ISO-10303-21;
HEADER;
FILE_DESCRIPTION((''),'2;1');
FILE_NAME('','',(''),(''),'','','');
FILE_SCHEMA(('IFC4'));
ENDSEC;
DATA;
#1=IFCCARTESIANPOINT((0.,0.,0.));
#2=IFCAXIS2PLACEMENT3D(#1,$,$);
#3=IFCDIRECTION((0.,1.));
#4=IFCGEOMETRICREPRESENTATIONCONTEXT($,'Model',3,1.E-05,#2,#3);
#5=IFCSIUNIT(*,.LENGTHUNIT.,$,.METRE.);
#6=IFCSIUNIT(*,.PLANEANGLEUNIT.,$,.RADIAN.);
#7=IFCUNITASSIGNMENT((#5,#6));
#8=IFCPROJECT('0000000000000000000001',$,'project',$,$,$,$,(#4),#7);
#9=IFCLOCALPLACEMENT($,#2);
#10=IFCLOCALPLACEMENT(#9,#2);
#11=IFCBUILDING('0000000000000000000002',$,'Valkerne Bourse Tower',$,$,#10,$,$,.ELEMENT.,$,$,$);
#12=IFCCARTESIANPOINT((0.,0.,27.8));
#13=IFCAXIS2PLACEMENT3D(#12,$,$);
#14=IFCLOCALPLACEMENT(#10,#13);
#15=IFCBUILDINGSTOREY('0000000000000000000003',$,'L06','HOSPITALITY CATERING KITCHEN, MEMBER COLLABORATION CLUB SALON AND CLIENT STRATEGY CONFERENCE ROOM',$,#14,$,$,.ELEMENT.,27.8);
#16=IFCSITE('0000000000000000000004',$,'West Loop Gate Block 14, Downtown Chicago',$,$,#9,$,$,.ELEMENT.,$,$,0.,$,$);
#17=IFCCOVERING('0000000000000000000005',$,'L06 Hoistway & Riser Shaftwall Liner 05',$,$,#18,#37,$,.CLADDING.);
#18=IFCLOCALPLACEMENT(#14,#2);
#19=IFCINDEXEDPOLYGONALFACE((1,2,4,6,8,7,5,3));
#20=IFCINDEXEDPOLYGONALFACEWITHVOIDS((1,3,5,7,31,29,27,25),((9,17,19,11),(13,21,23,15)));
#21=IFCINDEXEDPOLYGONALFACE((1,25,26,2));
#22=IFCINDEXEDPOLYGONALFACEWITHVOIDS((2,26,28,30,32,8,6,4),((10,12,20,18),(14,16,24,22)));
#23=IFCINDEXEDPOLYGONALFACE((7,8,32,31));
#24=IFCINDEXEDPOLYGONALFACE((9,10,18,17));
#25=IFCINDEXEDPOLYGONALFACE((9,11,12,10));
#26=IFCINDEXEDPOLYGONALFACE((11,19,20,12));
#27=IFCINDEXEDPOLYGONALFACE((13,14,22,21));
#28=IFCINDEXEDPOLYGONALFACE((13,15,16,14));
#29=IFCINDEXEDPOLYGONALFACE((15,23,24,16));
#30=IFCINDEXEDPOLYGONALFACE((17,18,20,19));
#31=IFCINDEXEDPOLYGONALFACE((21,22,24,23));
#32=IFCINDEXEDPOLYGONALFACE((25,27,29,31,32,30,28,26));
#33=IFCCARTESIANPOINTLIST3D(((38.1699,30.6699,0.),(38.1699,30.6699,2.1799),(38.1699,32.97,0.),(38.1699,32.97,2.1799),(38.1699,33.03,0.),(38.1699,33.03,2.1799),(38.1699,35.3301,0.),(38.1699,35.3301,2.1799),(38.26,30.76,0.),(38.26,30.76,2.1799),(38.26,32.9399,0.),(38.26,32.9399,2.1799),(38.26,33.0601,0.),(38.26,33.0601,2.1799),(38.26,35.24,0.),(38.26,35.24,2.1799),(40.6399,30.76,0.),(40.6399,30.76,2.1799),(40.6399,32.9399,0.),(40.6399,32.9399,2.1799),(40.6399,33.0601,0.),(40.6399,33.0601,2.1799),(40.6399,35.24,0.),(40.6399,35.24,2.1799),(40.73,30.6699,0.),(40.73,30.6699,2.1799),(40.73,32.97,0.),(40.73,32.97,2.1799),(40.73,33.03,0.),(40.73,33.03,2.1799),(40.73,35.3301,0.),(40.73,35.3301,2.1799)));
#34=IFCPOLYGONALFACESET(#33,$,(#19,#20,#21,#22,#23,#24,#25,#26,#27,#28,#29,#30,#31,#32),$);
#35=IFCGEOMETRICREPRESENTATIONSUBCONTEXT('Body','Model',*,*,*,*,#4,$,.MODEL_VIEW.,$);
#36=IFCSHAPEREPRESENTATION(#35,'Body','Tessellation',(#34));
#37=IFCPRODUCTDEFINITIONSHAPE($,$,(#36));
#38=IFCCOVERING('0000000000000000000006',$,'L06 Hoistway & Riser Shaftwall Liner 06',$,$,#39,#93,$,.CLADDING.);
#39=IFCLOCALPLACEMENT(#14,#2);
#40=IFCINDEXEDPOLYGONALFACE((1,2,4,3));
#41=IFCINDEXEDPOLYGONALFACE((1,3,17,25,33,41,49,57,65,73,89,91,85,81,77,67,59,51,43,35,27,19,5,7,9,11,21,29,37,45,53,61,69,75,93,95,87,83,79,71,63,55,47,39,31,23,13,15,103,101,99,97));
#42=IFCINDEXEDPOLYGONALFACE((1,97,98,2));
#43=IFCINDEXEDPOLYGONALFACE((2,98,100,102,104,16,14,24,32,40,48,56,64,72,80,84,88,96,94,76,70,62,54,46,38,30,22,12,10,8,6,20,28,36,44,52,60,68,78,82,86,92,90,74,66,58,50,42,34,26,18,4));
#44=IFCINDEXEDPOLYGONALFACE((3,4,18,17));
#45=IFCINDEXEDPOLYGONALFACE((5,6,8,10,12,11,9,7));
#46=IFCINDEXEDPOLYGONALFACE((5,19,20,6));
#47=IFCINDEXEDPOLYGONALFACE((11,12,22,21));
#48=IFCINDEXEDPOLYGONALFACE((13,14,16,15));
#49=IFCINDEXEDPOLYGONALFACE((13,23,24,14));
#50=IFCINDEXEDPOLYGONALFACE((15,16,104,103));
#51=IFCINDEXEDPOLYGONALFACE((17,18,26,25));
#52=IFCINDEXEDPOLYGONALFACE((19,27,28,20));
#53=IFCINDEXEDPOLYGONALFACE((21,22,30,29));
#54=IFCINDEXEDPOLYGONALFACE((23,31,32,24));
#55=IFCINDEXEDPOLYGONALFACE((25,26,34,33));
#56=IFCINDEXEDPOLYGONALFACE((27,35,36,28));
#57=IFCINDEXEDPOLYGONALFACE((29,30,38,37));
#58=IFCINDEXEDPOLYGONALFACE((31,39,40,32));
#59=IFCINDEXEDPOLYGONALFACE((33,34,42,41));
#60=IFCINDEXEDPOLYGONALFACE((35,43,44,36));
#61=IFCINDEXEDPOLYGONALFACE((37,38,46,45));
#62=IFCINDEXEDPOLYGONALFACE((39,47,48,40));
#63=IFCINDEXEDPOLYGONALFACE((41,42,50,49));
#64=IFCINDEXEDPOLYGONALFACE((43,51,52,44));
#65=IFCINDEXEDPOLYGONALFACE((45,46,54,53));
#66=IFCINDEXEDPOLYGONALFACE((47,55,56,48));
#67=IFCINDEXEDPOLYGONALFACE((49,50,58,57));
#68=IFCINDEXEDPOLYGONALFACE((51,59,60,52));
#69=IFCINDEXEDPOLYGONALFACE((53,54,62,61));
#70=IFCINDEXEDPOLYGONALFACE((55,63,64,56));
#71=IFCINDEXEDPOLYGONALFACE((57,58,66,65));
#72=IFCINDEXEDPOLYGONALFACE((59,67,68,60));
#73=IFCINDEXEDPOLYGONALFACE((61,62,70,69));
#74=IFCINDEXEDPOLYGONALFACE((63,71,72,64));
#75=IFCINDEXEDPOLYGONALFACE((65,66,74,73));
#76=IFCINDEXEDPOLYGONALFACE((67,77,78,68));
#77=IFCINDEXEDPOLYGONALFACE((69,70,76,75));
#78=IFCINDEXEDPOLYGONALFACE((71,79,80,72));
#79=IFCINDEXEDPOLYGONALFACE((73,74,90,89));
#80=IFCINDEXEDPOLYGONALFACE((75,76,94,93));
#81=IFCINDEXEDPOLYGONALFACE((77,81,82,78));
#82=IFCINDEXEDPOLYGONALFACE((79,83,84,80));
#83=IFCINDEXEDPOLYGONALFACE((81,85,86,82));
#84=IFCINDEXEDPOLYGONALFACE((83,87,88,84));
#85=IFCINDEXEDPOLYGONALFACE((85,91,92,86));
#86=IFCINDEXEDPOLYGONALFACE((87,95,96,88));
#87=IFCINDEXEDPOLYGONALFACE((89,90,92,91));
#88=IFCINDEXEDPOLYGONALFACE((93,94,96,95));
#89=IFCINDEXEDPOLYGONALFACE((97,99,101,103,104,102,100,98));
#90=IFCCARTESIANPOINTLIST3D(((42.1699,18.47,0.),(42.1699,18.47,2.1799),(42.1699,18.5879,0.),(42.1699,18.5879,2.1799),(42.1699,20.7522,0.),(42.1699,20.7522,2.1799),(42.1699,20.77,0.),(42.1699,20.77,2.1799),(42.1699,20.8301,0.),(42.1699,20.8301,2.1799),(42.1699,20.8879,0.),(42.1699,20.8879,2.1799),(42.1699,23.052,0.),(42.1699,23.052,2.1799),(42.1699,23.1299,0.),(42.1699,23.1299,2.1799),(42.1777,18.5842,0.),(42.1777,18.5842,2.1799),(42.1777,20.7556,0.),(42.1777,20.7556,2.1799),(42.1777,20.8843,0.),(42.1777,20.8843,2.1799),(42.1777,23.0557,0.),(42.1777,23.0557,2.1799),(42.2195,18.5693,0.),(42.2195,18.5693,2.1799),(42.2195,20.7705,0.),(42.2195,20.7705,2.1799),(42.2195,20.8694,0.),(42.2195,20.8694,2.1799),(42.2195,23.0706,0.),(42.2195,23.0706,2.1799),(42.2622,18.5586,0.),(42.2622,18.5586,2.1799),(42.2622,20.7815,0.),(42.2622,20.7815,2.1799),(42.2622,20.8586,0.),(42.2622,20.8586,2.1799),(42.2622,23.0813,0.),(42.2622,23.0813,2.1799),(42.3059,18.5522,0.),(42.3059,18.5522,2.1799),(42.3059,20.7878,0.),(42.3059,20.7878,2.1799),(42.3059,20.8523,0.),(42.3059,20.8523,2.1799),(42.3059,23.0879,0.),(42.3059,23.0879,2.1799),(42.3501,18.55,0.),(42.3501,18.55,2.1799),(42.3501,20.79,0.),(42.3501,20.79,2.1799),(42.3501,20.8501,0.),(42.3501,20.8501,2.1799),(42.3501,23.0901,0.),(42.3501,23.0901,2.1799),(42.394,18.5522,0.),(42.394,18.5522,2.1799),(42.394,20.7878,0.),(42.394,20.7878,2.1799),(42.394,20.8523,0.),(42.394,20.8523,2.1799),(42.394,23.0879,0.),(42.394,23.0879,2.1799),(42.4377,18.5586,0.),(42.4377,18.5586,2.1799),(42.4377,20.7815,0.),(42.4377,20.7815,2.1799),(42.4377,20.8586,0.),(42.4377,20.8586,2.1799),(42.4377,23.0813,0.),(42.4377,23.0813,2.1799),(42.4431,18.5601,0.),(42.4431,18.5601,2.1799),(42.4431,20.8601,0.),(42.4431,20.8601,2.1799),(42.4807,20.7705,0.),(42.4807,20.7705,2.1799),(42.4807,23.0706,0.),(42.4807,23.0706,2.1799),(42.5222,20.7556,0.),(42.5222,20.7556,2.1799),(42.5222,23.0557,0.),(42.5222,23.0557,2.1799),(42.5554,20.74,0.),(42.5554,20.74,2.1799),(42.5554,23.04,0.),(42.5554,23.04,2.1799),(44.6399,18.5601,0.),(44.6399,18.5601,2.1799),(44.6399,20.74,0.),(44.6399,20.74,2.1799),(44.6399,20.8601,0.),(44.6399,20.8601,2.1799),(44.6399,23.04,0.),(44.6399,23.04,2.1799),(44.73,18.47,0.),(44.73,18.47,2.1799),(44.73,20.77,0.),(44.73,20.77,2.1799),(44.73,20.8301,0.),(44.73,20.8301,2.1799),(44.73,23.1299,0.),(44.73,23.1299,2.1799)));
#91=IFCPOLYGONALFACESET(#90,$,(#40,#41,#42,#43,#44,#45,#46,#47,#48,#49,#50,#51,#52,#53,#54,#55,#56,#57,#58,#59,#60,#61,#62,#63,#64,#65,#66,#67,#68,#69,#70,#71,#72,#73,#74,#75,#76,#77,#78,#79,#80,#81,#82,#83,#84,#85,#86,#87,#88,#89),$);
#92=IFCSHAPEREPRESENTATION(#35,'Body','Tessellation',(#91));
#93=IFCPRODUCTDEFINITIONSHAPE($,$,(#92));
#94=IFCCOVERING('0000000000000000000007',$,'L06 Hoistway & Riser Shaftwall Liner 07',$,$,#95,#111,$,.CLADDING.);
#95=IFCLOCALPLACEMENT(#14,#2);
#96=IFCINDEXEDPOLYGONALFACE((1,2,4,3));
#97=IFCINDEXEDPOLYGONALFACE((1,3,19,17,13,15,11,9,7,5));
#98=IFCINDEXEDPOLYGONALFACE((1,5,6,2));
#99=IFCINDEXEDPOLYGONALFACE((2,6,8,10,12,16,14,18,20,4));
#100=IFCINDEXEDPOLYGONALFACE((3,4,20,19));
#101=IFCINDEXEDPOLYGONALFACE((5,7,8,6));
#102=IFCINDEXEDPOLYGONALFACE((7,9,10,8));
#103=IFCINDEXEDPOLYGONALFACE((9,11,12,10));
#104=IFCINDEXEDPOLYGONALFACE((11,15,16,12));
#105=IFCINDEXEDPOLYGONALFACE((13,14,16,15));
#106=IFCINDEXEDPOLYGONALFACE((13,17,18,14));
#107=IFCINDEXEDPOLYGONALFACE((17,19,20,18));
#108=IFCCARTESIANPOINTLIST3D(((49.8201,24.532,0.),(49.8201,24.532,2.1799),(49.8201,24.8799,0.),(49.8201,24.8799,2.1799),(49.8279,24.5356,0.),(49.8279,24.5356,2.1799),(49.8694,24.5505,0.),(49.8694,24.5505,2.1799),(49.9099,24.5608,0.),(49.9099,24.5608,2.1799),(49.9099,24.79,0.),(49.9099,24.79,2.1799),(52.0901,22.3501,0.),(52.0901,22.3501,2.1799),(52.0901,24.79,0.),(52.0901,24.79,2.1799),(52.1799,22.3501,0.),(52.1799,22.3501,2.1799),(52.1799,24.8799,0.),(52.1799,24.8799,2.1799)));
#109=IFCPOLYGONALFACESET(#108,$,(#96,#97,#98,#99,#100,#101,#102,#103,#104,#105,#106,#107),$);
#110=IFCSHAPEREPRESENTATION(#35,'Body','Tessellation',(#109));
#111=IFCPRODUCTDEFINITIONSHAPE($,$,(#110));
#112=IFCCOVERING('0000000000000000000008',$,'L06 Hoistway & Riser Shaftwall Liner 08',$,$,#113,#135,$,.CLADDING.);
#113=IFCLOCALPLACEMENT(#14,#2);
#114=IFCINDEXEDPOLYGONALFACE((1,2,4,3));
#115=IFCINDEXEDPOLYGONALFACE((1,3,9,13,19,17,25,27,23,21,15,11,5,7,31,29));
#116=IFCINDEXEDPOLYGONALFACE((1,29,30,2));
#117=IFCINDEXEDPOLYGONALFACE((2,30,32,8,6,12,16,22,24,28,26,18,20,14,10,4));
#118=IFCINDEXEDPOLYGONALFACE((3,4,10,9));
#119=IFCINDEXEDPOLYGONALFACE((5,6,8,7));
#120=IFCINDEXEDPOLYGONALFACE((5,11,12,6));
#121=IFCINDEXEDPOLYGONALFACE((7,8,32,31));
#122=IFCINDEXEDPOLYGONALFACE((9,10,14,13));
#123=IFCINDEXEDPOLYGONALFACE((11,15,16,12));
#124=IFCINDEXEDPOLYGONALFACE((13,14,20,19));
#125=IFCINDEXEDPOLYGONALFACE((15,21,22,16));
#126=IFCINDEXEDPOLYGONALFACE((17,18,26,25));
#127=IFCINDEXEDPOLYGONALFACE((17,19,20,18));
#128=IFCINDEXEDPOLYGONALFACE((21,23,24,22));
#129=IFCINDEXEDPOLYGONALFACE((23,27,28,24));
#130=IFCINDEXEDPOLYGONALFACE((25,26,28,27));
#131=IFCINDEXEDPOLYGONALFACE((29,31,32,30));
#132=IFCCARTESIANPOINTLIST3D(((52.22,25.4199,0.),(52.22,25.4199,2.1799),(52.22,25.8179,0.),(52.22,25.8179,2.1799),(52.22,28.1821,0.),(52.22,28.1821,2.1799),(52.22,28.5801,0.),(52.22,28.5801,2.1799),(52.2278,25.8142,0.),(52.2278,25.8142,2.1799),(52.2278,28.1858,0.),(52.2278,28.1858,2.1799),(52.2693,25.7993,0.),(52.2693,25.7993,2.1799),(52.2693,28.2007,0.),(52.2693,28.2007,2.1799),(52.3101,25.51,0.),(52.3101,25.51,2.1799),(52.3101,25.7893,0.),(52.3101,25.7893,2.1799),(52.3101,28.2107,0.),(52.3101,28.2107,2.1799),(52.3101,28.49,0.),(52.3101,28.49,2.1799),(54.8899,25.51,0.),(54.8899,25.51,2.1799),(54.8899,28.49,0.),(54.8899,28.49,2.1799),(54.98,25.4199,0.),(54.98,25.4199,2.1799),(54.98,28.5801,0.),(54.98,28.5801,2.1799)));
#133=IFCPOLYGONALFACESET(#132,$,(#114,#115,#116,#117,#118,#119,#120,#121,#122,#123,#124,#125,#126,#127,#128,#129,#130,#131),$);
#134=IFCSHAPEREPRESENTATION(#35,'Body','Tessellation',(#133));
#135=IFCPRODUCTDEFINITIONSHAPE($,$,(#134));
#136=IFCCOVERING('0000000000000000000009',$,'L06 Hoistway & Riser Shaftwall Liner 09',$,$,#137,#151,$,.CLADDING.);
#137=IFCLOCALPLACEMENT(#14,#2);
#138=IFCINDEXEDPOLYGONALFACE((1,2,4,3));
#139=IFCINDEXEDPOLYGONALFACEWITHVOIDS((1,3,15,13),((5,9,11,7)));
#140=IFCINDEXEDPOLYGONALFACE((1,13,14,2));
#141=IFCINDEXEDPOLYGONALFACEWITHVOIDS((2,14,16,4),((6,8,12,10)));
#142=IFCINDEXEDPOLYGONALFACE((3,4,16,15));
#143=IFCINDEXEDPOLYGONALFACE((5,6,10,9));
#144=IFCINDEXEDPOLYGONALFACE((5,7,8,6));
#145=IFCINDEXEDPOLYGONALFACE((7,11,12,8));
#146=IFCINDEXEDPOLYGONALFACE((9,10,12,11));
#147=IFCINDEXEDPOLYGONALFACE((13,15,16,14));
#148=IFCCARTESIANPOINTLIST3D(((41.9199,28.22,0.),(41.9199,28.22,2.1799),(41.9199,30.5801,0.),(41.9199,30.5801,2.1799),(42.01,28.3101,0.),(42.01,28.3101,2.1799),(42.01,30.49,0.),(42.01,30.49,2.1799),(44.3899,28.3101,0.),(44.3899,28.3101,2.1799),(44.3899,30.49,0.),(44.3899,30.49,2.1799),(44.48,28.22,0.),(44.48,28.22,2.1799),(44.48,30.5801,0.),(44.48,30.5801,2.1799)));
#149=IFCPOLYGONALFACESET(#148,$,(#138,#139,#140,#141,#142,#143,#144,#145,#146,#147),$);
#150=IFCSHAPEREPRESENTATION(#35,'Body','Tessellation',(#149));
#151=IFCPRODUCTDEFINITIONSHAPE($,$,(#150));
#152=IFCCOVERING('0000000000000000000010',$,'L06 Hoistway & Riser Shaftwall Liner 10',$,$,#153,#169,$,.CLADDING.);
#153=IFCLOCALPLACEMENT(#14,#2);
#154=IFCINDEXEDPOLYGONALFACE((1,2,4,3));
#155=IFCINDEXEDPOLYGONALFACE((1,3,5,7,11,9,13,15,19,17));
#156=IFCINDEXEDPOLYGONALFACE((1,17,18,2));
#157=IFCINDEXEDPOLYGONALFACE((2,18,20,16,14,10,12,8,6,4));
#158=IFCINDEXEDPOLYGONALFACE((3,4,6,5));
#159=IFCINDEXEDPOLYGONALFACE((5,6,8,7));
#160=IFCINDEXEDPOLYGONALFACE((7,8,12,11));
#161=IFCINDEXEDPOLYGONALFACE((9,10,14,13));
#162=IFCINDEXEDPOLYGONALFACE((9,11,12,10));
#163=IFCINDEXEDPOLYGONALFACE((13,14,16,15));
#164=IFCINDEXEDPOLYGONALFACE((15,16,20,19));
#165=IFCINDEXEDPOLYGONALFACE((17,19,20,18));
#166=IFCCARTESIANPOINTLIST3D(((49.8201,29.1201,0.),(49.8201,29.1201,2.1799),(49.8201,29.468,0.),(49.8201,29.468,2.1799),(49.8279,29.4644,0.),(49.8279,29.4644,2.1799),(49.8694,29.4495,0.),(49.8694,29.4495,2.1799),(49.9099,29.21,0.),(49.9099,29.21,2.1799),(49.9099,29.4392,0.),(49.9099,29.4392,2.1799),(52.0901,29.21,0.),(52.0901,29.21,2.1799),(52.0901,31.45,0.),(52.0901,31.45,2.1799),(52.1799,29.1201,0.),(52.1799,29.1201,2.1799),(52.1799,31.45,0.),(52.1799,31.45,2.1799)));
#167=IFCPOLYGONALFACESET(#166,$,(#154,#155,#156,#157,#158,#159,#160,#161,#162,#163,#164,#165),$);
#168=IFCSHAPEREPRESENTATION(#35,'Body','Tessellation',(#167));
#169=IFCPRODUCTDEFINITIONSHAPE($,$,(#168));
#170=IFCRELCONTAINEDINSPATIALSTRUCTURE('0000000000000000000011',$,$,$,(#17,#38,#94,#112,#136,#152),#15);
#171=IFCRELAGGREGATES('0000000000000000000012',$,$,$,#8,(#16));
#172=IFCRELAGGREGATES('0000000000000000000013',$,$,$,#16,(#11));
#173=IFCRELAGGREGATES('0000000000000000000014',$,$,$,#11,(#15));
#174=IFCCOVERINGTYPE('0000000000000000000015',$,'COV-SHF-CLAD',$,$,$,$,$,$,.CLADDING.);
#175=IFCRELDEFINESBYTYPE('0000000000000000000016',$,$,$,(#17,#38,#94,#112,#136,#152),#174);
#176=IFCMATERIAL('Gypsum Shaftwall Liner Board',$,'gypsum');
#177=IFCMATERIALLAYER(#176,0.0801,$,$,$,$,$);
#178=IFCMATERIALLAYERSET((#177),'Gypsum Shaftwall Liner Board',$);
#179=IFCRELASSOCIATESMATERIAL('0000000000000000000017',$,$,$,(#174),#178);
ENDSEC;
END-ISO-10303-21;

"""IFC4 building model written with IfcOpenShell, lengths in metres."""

from ifc_helpers import new_model, si_unit, direction, frame, origin, place, context, subcontext, project, spatial, polyline, outline, extrude, material, layer, layer_set, type_object, element, save


model = new_model("IFC4")

# Units and contexts
model_context = context("Model", 3, precision=1e-05, world=origin(), true_north=direction((0.0, 1.0)))
body_context = subcontext(model_context, "Body", "Model", "MODEL_VIEW")
ifc_project = project(units=[si_unit("LENGTHUNIT", "METRE"), si_unit("PLANEANGLEUNIT", "RADIAN")], contexts=[model_context])

# Site, building, storey
site_placement = place(None, origin())
site = spatial("IfcSite", under=ifc_project, at=site_placement, Name="West Loop Gate Block 14, Downtown Chicago", CompositionType="ELEMENT", RefElevation=0.0)
building_placement = place(site_placement, origin())
building = spatial("IfcBuilding", under=site, at=building_placement, Name="Valkerne Bourse Tower", CompositionType="ELEMENT")
storey_placement = place(building_placement, frame((0.0, 0.0, 27.8)))
storey = spatial("IfcBuildingStorey", under=building, at=storey_placement, Name="L06", Description="HOSPITALITY CATERING KITCHEN, MEMBER COLLABORATION CLUB SALON AND CLIENT STRATEGY CONFERENCE ROOM", CompositionType="ELEMENT", Elevation=27.8)

# Coverings
ifc_material_1 = material(Name="Gypsum Shaftwall Liner Board", Category="gypsum")
ifc_layer_1 = layer(ifc_material_1, 0.0801)
ifc_layer_set_1 = layer_set([ifc_layer_1], Name="Gypsum Shaftwall Liner Board")
covering_type_1 = type_object("IfcCoveringType", Name="COV-SHF-CLAD", PredefinedType="CLADDING", material=ifc_layer_set_1)
covering_1_placement = place(storey_placement, origin())
element("IfcCovering", 1, at=covering_1_placement, inside=storey, type_object=covering_type_1, Name="L06 Hoistway & Riser Shaftwall Liner 05", PredefinedType="CLADDING", context=body_context, shape_type="SweptSolid", body=[
    extrude(outline(polyline([(38.1699, 35.3301), (40.73, 35.3301), (40.73, 33.03), (40.73, 32.97), (40.73, 30.6699), (38.1699, 30.6699), (38.1699, 32.97), (38.1699, 33.03), (38.1699, 35.3301)]), holes=[polyline([(38.26, 32.9399), (38.26, 30.76), (40.6399, 30.76), (40.6399, 32.9399), (38.26, 32.9399)]), polyline([(38.26, 35.24), (38.26, 33.0601), (40.6399, 33.0601), (40.6399, 35.24), (38.26, 35.24)])]), origin(), (0.0, 0.0, 1.0), 2.1799),
])
covering_2_placement = place(storey_placement, origin())
element("IfcCovering", 2, at=covering_2_placement, inside=storey, type_object=covering_type_1, Name="L06 Hoistway & Riser Shaftwall Liner 06", PredefinedType="CLADDING", context=body_context, shape_type="SweptSolid", body=[
    extrude(outline(polyline([(42.1699, 20.8301), (42.1699, 20.8879), (42.1777, 20.8843), (42.2195, 20.8694), (42.2622, 20.8586), (42.3059, 20.8523), (42.3501, 20.8501), (42.394, 20.8523), (42.4377, 20.8586), (42.4431, 20.8601), (44.6399, 20.8601), (44.6399, 23.04), (42.5554, 23.04), (42.5222, 23.0557), (42.4807, 23.0706), (42.4377, 23.0813), (42.394, 23.0879), (42.3501, 23.0901), (42.3059, 23.0879), (42.2622, 23.0813), (42.2195, 23.0706), (42.1777, 23.0557), (42.1699, 23.052), (42.1699, 23.1299), (44.73, 23.1299), (44.73, 20.8301), (44.73, 20.77), (44.73, 18.47), (42.1699, 18.47), (42.1699, 18.5879), (42.1777, 18.5842), (42.2195, 18.5693), (42.2622, 18.5586), (42.3059, 18.5522), (42.3501, 18.55), (42.394, 18.5522), (42.4377, 18.5586), (42.4431, 18.5601), (44.6399, 18.5601), (44.6399, 20.74), (42.5554, 20.74), (42.5222, 20.7556), (42.4807, 20.7705), (42.4377, 20.7815), (42.394, 20.7878), (42.3501, 20.79), (42.3059, 20.7878), (42.2622, 20.7815), (42.2195, 20.7705), (42.1777, 20.7556), (42.1699, 20.7522), (42.1699, 20.77), (42.1699, 20.8301)])), origin(), (0.0, 0.0, 1.0), 2.1799),
])
covering_3_placement = place(storey_placement, origin())
element("IfcCovering", 3, at=covering_3_placement, inside=storey, type_object=covering_type_1, Name="L06 Hoistway & Riser Shaftwall Liner 07", PredefinedType="CLADDING", context=body_context, shape_type="SweptSolid", body=[
    extrude(outline(polyline([(52.1799, 22.3501), (52.0901, 22.3501), (52.0901, 24.79), (49.9099, 24.79), (49.9099, 24.5608), (49.8694, 24.5505), (49.8279, 24.5356), (49.8201, 24.532), (49.8201, 24.8799), (52.1799, 24.8799), (52.1799, 22.3501)])), origin(), (0.0, 0.0, 1.0), 2.1799),
])
covering_4_placement = place(storey_placement, origin())
element("IfcCovering", 4, at=covering_4_placement, inside=storey, type_object=covering_type_1, Name="L06 Hoistway & Riser Shaftwall Liner 08", PredefinedType="CLADDING", context=body_context, shape_type="SweptSolid", body=[
    extrude(outline(polyline([(54.98, 25.4199), (52.22, 25.4199), (52.22, 25.8179), (52.2278, 25.8142), (52.2693, 25.7993), (52.3101, 25.7893), (52.3101, 25.51), (54.8899, 25.51), (54.8899, 28.49), (52.3101, 28.49), (52.3101, 28.2107), (52.2693, 28.2007), (52.2278, 28.1858), (52.22, 28.1821), (52.22, 28.5801), (54.98, 28.5801), (54.98, 25.4199)])), origin(), (0.0, 0.0, 1.0), 2.1799),
])
covering_5_placement = place(storey_placement, origin())
element("IfcCovering", 5, at=covering_5_placement, inside=storey, type_object=covering_type_1, Name="L06 Hoistway & Riser Shaftwall Liner 09", PredefinedType="CLADDING", context=body_context, shape_type="SweptSolid", body=[
    extrude(outline(polyline([(44.48, 28.22), (41.9199, 28.22), (41.9199, 30.5801), (44.48, 30.5801), (44.48, 28.22)]), holes=[polyline([(42.01, 30.49), (42.01, 28.3101), (44.3899, 28.3101), (44.3899, 30.49), (42.01, 30.49)])]), origin(), (0.0, 0.0, 1.0), 2.1799),
])
covering_6_placement = place(storey_placement, origin())
element("IfcCovering", 6, at=covering_6_placement, inside=storey, type_object=covering_type_1, Name="L06 Hoistway & Riser Shaftwall Liner 10", PredefinedType="CLADDING", context=body_context, shape_type="SweptSolid", body=[
    extrude(outline(polyline([(49.8201, 29.1201), (49.8201, 29.468), (49.8279, 29.4644), (49.8694, 29.4495), (49.9099, 29.4392), (49.9099, 29.21), (52.0901, 29.21), (52.0901, 31.45), (52.1799, 31.45), (52.1799, 29.1201), (49.8201, 29.1201)])), origin(), (0.0, 0.0, 1.0), 2.1799),
])

save(model, "model.ifc")
